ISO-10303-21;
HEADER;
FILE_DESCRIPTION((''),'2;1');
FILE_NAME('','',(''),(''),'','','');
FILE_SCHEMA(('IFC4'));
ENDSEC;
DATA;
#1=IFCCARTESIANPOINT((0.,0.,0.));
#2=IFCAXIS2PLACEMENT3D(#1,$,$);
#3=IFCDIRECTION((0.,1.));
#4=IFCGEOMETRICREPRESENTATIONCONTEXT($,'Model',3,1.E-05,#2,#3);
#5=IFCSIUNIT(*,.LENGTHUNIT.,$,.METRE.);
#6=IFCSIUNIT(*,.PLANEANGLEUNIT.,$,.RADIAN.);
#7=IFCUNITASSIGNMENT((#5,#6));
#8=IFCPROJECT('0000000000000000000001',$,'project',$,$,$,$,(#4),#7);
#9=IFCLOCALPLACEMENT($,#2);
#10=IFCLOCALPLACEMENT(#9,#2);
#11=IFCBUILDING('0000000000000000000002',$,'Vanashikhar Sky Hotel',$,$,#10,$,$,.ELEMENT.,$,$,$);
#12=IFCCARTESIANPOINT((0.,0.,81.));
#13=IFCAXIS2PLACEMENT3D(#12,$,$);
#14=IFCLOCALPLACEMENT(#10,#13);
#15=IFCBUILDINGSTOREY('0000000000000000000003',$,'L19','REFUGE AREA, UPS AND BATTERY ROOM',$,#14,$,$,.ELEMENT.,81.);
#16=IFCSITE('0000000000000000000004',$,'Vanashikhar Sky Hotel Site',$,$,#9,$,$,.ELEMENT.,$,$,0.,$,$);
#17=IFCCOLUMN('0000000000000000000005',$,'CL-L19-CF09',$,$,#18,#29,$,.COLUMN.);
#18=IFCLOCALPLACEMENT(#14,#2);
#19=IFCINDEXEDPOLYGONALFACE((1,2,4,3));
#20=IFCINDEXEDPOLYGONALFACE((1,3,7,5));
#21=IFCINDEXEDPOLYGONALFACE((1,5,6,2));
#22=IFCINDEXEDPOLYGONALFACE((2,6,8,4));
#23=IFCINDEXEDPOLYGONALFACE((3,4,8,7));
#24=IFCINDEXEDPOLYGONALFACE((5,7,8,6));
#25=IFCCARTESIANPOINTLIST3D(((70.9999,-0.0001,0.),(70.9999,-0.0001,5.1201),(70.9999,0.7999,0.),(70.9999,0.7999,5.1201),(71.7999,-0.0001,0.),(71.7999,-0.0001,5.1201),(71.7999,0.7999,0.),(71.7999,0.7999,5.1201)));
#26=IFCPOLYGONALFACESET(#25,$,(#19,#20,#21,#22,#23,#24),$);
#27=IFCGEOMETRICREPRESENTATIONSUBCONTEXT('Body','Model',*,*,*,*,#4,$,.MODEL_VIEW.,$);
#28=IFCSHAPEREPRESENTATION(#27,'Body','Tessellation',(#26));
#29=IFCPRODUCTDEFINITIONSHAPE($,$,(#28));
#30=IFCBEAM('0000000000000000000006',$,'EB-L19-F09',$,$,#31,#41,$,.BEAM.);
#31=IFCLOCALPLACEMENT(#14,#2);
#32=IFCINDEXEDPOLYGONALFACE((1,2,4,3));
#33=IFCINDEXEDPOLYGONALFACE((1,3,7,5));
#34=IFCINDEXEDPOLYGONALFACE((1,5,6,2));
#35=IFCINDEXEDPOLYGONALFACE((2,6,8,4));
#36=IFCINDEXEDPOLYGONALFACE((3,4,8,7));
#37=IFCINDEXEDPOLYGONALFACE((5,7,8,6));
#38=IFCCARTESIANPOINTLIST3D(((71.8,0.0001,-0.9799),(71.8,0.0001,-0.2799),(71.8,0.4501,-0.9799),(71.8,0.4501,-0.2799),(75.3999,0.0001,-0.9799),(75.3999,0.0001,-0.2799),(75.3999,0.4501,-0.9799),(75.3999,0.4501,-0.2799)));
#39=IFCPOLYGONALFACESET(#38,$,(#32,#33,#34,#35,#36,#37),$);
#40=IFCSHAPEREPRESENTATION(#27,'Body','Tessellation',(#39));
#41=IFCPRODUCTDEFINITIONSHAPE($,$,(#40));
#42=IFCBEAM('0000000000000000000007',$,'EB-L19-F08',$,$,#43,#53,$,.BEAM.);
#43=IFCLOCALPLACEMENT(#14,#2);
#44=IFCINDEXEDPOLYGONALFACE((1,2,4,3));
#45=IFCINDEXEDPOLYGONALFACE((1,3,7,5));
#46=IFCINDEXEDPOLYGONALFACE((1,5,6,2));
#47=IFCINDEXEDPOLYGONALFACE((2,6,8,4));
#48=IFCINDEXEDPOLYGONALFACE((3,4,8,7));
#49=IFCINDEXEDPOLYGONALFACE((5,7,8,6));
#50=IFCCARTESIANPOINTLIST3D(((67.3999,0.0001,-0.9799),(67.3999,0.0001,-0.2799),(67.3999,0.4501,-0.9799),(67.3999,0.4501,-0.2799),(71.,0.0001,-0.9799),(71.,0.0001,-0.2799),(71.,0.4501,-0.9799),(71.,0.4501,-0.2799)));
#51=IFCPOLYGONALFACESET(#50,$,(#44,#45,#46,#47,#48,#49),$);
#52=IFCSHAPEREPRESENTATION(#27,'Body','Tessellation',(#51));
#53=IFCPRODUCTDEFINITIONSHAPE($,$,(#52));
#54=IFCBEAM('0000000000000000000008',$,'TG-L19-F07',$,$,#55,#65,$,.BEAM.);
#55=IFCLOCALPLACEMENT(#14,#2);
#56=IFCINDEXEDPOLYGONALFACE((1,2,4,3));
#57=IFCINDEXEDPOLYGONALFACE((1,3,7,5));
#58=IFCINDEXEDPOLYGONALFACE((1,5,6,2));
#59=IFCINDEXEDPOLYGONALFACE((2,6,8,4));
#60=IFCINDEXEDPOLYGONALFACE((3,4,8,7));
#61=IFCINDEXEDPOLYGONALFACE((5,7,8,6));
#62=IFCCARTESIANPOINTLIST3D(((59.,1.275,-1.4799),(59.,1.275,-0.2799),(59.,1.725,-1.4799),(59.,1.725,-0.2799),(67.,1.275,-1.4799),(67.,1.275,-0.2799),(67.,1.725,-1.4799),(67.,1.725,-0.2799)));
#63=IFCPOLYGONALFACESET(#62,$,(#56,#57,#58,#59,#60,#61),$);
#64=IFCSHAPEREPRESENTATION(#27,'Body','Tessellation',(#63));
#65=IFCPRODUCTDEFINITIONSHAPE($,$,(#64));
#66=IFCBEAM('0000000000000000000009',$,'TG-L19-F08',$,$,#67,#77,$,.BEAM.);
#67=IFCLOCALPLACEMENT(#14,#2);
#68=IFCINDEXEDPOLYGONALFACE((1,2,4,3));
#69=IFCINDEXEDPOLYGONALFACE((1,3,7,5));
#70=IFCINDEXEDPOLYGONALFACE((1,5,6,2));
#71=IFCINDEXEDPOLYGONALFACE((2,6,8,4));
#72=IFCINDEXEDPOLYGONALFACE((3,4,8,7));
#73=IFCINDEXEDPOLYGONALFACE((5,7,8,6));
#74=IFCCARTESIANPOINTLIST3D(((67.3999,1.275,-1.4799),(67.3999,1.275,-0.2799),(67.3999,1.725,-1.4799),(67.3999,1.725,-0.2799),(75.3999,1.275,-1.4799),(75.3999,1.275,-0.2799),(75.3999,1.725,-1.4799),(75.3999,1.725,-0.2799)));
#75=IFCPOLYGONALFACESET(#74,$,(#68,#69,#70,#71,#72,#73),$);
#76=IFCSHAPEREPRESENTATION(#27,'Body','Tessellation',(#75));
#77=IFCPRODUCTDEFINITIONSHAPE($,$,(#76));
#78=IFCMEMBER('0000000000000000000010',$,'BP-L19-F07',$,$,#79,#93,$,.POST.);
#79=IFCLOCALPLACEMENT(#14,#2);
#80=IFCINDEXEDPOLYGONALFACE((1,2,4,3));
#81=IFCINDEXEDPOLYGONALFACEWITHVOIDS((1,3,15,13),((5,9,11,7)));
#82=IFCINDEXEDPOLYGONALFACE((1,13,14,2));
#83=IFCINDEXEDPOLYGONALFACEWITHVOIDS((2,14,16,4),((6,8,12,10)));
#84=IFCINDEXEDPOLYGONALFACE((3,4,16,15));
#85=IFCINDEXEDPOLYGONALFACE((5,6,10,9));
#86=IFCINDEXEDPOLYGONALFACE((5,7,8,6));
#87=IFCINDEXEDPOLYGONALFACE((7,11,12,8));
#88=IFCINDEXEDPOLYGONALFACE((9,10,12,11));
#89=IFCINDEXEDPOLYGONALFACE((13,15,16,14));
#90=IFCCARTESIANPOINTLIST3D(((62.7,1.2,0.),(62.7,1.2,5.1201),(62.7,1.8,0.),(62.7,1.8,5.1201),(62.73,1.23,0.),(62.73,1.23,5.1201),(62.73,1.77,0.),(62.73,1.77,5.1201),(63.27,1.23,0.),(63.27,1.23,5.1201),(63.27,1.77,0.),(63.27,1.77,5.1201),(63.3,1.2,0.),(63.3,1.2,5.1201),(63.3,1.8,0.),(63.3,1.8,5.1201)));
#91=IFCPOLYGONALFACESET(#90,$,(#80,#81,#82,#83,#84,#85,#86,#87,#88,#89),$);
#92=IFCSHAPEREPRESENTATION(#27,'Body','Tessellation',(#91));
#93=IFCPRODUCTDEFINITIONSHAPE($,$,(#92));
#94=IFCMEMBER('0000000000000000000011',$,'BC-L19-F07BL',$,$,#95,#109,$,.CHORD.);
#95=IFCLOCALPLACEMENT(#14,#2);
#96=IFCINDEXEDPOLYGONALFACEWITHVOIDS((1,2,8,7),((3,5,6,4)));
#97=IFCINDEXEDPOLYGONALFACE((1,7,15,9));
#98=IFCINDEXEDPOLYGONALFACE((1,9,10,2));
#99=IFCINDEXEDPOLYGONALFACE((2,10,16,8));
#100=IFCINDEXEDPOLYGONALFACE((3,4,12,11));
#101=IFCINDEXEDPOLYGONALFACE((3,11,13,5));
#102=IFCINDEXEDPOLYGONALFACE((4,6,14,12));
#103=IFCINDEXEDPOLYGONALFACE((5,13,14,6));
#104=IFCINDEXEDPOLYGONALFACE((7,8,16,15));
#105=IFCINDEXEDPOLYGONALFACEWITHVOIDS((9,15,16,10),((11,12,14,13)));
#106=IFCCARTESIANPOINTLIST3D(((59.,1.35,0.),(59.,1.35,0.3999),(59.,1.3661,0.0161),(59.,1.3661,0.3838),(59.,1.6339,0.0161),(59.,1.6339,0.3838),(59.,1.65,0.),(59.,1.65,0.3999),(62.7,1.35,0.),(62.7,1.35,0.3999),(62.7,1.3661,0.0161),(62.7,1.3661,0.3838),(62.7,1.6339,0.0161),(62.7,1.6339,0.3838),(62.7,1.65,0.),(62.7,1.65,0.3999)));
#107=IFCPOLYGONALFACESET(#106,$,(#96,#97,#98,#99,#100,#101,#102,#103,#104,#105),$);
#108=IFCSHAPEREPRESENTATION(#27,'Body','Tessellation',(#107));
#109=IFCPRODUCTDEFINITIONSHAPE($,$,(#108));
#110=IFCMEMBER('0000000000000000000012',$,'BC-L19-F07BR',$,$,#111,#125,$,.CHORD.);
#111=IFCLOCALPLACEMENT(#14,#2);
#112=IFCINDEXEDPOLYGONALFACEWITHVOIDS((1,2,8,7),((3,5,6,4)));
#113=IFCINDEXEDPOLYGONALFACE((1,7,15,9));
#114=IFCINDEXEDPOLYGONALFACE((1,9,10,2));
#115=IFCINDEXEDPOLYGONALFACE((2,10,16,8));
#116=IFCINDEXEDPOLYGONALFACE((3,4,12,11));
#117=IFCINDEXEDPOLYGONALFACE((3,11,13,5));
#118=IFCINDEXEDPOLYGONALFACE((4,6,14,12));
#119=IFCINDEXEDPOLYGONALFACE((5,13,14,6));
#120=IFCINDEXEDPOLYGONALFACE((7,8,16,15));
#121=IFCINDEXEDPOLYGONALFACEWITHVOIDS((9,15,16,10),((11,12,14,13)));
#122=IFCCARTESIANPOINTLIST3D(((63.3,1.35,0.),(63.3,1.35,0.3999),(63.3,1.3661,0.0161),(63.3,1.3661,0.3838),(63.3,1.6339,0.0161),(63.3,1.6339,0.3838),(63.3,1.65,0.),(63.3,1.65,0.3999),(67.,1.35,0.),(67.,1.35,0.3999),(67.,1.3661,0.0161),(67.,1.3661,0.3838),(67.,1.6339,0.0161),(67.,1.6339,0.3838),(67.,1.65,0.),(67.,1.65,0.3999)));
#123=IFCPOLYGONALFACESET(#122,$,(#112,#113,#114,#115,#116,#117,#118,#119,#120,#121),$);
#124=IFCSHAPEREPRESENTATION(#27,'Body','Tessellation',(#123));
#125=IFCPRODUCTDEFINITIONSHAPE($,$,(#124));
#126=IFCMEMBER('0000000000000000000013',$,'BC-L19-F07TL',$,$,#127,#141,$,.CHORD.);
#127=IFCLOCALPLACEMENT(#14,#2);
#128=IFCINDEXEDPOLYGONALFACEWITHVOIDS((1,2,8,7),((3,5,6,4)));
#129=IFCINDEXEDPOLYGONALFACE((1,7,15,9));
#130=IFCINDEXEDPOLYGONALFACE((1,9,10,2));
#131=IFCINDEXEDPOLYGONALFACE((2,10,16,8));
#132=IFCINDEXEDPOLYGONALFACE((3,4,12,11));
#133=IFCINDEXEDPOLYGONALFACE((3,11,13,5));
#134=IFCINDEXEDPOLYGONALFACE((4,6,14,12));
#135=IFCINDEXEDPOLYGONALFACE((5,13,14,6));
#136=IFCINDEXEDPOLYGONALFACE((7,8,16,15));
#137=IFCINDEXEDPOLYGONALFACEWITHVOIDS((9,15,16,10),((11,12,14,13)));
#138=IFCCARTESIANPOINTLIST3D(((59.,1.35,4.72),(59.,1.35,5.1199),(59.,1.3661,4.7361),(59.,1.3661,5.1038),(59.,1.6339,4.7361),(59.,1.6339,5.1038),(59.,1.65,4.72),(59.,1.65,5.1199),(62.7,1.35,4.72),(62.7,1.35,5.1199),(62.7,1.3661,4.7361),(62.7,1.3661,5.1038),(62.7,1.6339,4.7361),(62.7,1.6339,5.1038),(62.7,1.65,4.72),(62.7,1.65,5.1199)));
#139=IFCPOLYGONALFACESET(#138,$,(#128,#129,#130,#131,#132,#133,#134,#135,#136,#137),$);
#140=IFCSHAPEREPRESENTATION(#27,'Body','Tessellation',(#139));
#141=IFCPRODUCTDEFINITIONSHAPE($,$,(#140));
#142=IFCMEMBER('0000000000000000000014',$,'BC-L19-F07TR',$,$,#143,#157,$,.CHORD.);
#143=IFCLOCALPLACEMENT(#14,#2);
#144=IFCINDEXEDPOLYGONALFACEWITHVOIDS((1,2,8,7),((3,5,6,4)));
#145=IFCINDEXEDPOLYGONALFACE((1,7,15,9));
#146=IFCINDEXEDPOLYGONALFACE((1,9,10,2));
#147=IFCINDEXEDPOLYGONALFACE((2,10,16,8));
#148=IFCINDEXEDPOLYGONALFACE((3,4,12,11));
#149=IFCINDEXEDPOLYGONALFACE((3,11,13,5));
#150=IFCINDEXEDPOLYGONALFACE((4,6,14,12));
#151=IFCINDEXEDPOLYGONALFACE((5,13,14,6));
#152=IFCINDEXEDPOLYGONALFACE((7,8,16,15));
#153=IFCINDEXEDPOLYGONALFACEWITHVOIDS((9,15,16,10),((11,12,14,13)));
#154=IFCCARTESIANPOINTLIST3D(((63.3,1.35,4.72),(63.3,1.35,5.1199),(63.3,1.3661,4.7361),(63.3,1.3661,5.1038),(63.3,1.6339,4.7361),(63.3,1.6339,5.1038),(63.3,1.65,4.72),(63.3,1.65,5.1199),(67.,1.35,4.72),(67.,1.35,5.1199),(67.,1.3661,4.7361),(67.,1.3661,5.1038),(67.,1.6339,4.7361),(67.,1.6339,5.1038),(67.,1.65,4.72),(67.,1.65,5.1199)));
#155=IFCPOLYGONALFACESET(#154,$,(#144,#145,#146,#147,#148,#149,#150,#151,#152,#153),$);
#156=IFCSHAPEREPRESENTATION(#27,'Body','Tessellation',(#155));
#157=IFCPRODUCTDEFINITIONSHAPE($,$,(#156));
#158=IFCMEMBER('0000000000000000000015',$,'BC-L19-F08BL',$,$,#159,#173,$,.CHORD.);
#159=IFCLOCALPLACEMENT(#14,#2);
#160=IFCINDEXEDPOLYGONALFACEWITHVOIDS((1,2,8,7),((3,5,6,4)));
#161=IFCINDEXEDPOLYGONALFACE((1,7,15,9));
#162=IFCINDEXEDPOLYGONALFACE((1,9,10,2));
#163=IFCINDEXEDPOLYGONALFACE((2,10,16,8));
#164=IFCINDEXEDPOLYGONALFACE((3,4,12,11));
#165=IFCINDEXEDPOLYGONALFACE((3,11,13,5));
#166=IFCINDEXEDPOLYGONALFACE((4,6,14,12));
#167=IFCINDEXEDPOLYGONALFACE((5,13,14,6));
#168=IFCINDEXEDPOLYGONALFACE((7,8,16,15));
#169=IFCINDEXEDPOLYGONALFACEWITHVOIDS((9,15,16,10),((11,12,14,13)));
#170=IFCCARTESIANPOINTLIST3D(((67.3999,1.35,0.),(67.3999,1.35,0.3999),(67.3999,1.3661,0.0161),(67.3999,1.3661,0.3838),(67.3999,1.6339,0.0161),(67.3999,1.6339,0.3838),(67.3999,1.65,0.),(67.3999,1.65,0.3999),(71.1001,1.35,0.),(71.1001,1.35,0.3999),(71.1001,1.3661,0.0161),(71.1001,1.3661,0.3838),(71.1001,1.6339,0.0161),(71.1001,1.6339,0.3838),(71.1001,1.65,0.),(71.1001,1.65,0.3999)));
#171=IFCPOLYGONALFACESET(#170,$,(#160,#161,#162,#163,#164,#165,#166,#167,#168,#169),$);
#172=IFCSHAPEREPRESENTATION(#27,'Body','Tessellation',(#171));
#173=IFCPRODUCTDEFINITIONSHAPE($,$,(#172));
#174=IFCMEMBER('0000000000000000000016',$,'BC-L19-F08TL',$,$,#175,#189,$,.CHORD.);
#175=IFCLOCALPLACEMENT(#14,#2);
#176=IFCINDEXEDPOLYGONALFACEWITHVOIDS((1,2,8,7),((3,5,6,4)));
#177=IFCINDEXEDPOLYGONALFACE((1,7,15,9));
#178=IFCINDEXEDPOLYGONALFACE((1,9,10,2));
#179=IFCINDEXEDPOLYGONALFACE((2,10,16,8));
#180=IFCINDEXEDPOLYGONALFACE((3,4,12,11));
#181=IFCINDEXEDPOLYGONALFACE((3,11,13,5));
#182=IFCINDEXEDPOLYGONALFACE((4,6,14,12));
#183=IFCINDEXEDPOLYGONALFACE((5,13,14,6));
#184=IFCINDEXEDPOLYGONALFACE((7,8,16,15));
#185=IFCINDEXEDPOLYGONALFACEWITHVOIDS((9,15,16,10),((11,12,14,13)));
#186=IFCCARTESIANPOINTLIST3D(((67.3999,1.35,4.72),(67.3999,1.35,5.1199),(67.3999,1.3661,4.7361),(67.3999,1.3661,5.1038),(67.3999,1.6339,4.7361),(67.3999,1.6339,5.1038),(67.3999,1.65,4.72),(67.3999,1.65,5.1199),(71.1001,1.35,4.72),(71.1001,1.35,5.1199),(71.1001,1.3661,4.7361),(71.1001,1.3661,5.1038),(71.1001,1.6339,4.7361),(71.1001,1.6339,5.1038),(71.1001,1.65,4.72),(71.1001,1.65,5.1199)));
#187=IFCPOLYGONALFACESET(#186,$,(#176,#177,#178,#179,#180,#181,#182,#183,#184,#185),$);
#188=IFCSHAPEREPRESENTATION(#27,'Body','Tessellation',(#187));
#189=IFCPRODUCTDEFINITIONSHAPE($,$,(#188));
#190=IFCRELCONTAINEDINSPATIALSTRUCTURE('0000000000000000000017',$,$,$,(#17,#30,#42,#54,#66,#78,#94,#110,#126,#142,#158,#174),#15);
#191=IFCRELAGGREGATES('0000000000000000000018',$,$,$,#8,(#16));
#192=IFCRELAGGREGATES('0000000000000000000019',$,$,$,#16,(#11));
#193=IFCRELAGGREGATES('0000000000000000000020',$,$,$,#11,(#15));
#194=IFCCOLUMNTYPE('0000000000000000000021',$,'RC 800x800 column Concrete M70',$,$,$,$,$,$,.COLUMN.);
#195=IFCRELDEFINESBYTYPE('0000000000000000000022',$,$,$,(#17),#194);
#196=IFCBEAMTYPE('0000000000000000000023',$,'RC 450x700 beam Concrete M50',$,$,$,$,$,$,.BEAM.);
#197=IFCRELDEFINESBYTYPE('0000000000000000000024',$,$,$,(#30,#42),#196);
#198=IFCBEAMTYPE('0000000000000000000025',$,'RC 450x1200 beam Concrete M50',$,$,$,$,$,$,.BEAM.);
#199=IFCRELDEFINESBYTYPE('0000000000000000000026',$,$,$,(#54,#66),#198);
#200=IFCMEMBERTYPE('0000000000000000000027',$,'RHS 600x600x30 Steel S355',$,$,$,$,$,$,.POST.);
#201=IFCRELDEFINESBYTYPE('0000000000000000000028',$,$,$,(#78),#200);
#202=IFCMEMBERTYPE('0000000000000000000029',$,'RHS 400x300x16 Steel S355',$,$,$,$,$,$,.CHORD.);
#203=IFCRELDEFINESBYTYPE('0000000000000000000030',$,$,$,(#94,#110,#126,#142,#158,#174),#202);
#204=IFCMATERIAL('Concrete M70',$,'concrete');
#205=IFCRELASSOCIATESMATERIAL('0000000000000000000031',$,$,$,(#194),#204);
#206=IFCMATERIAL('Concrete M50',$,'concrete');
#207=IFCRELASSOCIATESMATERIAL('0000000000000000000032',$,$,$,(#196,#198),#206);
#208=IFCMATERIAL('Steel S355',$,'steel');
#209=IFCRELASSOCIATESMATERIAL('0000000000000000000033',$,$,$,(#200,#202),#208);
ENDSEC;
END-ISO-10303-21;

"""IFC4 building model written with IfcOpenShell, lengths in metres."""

from ifc_helpers import new_model, si_unit, direction, frame, origin, origin_2d, place, context, subcontext, project, spatial, rectangle, hollow_rectangle, extrude, source, transform, mapped, material, material_profile, profile_set, type_object, element, save


model = new_model("IFC4")

# Units and contexts
model_context = context("Model", 3, precision=1e-05, world=origin(), true_north=direction((0.0, 1.0)))
body_context = subcontext(model_context, "Body", "Model", "MODEL_VIEW")
ifc_project = project(units=[si_unit("LENGTHUNIT", "METRE"), si_unit("PLANEANGLEUNIT", "RADIAN")], contexts=[model_context])

# Site, building, storey
site_placement = place(None, origin())
site = spatial("IfcSite", under=ifc_project, at=site_placement, Name="Vanashikhar Sky Hotel Site", CompositionType="ELEMENT", RefElevation=0.0)
building_placement = place(site_placement, origin())
building = spatial("IfcBuilding", under=site, at=building_placement, Name="Vanashikhar Sky Hotel", CompositionType="ELEMENT")
storey_placement = place(building_placement, frame((0.0, 0.0, 81.0)))
storey = spatial("IfcBuildingStorey", under=building, at=storey_placement, Name="L19", Description="REFUGE AREA, UPS AND BATTERY ROOM", CompositionType="ELEMENT", Elevation=81.0)

# Column
ifc_material_1 = material(Name="Concrete M70", Category="concrete")
ifc_material_profile_1 = material_profile(ifc_material_1, rectangle(XDim=0.8, YDim=0.8, at=origin_2d()))
ifc_profile_set_1 = profile_set([ifc_material_profile_1], Name="RC 800x800 column Concrete M70")
column_type = type_object("IfcColumnType", Name="RC 800x800 column Concrete M70", PredefinedType="COLUMN", material=ifc_profile_set_1)
shared_shape_1 = source(origin(), body_context, "Body", "SweptSolid", [
    extrude(rectangle(XDim=0.8, YDim=0.8, at=origin_2d()), origin(), (0.0, 0.0, 1.0), 5.1201),
])
column_placement = place(storey_placement, frame((71.3999, 0.3999, 0.0), z_axis=(0.0, 0.0, 1.0), x_axis=(1.0, 0.0, 0.0)))
element("IfcColumn", 1, at=column_placement, inside=storey, type_object=column_type, Name="CL-L19-CF09", PredefinedType="COLUMN", context=body_context, shape_type="MappedRepresentation", body=[
    mapped(shared_shape_1, transform((0.0, 0.0, 0.0), scale=1.0)),
])

# Beams
ifc_material_2 = material(Name="Concrete M50", Category="concrete")
ifc_material_profile_2 = material_profile(ifc_material_2, rectangle(XDim=0.45, YDim=0.7, at=origin_2d()))
ifc_profile_set_2 = profile_set([ifc_material_profile_2], Name="RC 450x700 beam Concrete M50")
beam_type_1 = type_object("IfcBeamType", Name="RC 450x700 beam Concrete M50", PredefinedType="BEAM", material=ifc_profile_set_2)
shared_shape_2 = source(origin(), body_context, "Body", "SweptSolid", [
    extrude(rectangle(XDim=0.45, YDim=0.7, at=origin_2d()), origin(), (0.0, 0.0, 1.0), 3.5999),
])
beam_1_placement = place(storey_placement, frame((71.8, 0.2251, -0.6299), z_axis=(1.0, 0.0, 0.0), x_axis=(0.0, 1.0, 0.0)))
element("IfcBeam", 2, at=beam_1_placement, inside=storey, type_object=beam_type_1, Name="EB-L19-F09", PredefinedType="BEAM", context=body_context, shape_type="MappedRepresentation", body=[
    mapped(shared_shape_2, transform((0.0, 0.0, 0.0), scale=1.0)),
])
shared_shape_3 = source(origin(), body_context, "Body", "SweptSolid", [
    extrude(rectangle(XDim=0.45, YDim=0.7, at=origin_2d()), origin(), (0.0, 0.0, 1.0), 3.6001),
])
beam_2_placement = place(storey_placement, frame((67.3999, 0.2251, -0.6299), z_axis=(1.0, 0.0, 0.0), x_axis=(0.0, 1.0, 0.0)))
element("IfcBeam", 3, at=beam_2_placement, inside=storey, type_object=beam_type_1, Name="EB-L19-F08", PredefinedType="BEAM", context=body_context, shape_type="MappedRepresentation", body=[
    mapped(shared_shape_3, transform((0.0, 0.0, 0.0), scale=1.0)),
])
ifc_material_profile_3 = material_profile(ifc_material_2, rectangle(XDim=0.45, YDim=1.2, at=origin_2d()))
ifc_profile_set_3 = profile_set([ifc_material_profile_3], Name="RC 450x1200 beam Concrete M50")
beam_type_2 = type_object("IfcBeamType", Name="RC 450x1200 beam Concrete M50", PredefinedType="BEAM", material=ifc_profile_set_3)
shared_shape_4 = source(origin(), body_context, "Body", "SweptSolid", [
    extrude(rectangle(XDim=0.45, YDim=1.2, at=origin_2d()), origin(), (0.0, 0.0, 1.0), 8.0),
])
for number, where, z_axis, x_axis, name in (
    (4, (59.0, 1.5, -0.8799), (1.0, 0.0, 0.0), (0.0, 1.0, 0.0), "TG-L19-F07"),
    (5, (67.3999, 1.5, -0.8799), (1.0, 0.0, 0.0), (0.0, 1.0, 0.0), "TG-L19-F08"),
):
    element("IfcBeam", number, at=place(storey_placement, frame(where, z_axis=z_axis, x_axis=x_axis)), inside=storey, type_object=beam_type_2, Name=name, PredefinedType="BEAM", context=body_context, shape_type="MappedRepresentation", body=[
        mapped(shared_shape_4, transform((0.0, 0.0, 0.0), scale=1.0)),
    ])

# Members
ifc_material_3 = material(Name="Steel S355", Category="steel")
ifc_material_profile_4 = material_profile(ifc_material_3, hollow_rectangle(XDim=0.6001, YDim=0.6001, WallThickness=0.03, at=origin_2d()))
ifc_profile_set_4 = profile_set([ifc_material_profile_4], Name="RHS 600x600x30 Steel S355")
member_type_1 = type_object("IfcMemberType", Name="RHS 600x600x30 Steel S355", PredefinedType="POST", material=ifc_profile_set_4)
shared_shape_5 = source(origin(), body_context, "Body", "SweptSolid", [
    extrude(hollow_rectangle(XDim=0.6001, YDim=0.6001, WallThickness=0.03, at=origin_2d()), origin(), (0.0, 0.0, 1.0), 5.1201),
])
member_placement = place(storey_placement, frame((63.0, 1.5, 0.0), z_axis=(0.0, 0.0, 1.0), x_axis=(1.0, 0.0, 0.0)))
element("IfcMember", 6, at=member_placement, inside=storey, type_object=member_type_1, Name="BP-L19-F07", PredefinedType="POST", context=body_context, shape_type="MappedRepresentation", body=[
    mapped(shared_shape_5, transform((0.0, 0.0, 0.0), scale=1.0)),
])
ifc_material_profile_5 = material_profile(ifc_material_3, hollow_rectangle(XDim=0.3, YDim=0.3999, WallThickness=0.0161, at=origin_2d()))
ifc_profile_set_5 = profile_set([ifc_material_profile_5], Name="RHS 400x300x16 Steel S355")
member_type_2 = type_object("IfcMemberType", Name="RHS 400x300x16 Steel S355", PredefinedType="CHORD", material=ifc_profile_set_5)
shared_shape_6 = source(origin(), body_context, "Body", "SweptSolid", [
    extrude(hollow_rectangle(XDim=0.3, YDim=0.3999, WallThickness=0.0161, at=origin_2d()), origin(), (0.0, 0.0, 1.0), 3.7),
])
for number, where, z_axis, x_axis, name in (
    (7, (59.0, 1.5, 0.2), (1.0, 0.0, 0.0), (0.0, 1.0, 0.0), "BC-L19-F07BL"),
    (8, (63.3, 1.5, 0.2), (1.0, 0.0, 0.0), (0.0, 1.0, 0.0), "BC-L19-F07BR"),
    (9, (59.0, 1.5, 4.9199), (1.0, 0.0, 0.0), (0.0, 1.0, 0.0), "BC-L19-F07TL"),
    (10, (63.3, 1.5, 4.9199), (1.0, 0.0, 0.0), (0.0, 1.0, 0.0), "BC-L19-F07TR"),
):
    element("IfcMember", number, at=place(storey_placement, frame(where, z_axis=z_axis, x_axis=x_axis)), inside=storey, type_object=member_type_2, Name=name, PredefinedType="CHORD", context=body_context, shape_type="MappedRepresentation", body=[
        mapped(shared_shape_6, transform((0.0, 0.0, 0.0), scale=1.0)),
    ])
shared_shape_7 = source(origin(), body_context, "Body", "SweptSolid", [
    extrude(hollow_rectangle(XDim=0.3, YDim=0.3999, WallThickness=0.0161, at=origin_2d()), origin(), (0.0, 0.0, 1.0), 3.7002),
])
for number, where, z_axis, x_axis, name in (
    (11, (67.3999, 1.5, 0.2), (1.0, 0.0, 0.0), (0.0, 1.0, 0.0), "BC-L19-F08BL"),
    (12, (67.3999, 1.5, 4.9199), (1.0, 0.0, 0.0), (0.0, 1.0, 0.0), "BC-L19-F08TL"),
):
    element("IfcMember", number, at=place(storey_placement, frame(where, z_axis=z_axis, x_axis=x_axis)), inside=storey, type_object=member_type_2, Name=name, PredefinedType="CHORD", context=body_context, shape_type="MappedRepresentation", body=[
        mapped(shared_shape_7, transform((0.0, 0.0, 0.0), scale=1.0)),
    ])

save(model, "model.ifc")
